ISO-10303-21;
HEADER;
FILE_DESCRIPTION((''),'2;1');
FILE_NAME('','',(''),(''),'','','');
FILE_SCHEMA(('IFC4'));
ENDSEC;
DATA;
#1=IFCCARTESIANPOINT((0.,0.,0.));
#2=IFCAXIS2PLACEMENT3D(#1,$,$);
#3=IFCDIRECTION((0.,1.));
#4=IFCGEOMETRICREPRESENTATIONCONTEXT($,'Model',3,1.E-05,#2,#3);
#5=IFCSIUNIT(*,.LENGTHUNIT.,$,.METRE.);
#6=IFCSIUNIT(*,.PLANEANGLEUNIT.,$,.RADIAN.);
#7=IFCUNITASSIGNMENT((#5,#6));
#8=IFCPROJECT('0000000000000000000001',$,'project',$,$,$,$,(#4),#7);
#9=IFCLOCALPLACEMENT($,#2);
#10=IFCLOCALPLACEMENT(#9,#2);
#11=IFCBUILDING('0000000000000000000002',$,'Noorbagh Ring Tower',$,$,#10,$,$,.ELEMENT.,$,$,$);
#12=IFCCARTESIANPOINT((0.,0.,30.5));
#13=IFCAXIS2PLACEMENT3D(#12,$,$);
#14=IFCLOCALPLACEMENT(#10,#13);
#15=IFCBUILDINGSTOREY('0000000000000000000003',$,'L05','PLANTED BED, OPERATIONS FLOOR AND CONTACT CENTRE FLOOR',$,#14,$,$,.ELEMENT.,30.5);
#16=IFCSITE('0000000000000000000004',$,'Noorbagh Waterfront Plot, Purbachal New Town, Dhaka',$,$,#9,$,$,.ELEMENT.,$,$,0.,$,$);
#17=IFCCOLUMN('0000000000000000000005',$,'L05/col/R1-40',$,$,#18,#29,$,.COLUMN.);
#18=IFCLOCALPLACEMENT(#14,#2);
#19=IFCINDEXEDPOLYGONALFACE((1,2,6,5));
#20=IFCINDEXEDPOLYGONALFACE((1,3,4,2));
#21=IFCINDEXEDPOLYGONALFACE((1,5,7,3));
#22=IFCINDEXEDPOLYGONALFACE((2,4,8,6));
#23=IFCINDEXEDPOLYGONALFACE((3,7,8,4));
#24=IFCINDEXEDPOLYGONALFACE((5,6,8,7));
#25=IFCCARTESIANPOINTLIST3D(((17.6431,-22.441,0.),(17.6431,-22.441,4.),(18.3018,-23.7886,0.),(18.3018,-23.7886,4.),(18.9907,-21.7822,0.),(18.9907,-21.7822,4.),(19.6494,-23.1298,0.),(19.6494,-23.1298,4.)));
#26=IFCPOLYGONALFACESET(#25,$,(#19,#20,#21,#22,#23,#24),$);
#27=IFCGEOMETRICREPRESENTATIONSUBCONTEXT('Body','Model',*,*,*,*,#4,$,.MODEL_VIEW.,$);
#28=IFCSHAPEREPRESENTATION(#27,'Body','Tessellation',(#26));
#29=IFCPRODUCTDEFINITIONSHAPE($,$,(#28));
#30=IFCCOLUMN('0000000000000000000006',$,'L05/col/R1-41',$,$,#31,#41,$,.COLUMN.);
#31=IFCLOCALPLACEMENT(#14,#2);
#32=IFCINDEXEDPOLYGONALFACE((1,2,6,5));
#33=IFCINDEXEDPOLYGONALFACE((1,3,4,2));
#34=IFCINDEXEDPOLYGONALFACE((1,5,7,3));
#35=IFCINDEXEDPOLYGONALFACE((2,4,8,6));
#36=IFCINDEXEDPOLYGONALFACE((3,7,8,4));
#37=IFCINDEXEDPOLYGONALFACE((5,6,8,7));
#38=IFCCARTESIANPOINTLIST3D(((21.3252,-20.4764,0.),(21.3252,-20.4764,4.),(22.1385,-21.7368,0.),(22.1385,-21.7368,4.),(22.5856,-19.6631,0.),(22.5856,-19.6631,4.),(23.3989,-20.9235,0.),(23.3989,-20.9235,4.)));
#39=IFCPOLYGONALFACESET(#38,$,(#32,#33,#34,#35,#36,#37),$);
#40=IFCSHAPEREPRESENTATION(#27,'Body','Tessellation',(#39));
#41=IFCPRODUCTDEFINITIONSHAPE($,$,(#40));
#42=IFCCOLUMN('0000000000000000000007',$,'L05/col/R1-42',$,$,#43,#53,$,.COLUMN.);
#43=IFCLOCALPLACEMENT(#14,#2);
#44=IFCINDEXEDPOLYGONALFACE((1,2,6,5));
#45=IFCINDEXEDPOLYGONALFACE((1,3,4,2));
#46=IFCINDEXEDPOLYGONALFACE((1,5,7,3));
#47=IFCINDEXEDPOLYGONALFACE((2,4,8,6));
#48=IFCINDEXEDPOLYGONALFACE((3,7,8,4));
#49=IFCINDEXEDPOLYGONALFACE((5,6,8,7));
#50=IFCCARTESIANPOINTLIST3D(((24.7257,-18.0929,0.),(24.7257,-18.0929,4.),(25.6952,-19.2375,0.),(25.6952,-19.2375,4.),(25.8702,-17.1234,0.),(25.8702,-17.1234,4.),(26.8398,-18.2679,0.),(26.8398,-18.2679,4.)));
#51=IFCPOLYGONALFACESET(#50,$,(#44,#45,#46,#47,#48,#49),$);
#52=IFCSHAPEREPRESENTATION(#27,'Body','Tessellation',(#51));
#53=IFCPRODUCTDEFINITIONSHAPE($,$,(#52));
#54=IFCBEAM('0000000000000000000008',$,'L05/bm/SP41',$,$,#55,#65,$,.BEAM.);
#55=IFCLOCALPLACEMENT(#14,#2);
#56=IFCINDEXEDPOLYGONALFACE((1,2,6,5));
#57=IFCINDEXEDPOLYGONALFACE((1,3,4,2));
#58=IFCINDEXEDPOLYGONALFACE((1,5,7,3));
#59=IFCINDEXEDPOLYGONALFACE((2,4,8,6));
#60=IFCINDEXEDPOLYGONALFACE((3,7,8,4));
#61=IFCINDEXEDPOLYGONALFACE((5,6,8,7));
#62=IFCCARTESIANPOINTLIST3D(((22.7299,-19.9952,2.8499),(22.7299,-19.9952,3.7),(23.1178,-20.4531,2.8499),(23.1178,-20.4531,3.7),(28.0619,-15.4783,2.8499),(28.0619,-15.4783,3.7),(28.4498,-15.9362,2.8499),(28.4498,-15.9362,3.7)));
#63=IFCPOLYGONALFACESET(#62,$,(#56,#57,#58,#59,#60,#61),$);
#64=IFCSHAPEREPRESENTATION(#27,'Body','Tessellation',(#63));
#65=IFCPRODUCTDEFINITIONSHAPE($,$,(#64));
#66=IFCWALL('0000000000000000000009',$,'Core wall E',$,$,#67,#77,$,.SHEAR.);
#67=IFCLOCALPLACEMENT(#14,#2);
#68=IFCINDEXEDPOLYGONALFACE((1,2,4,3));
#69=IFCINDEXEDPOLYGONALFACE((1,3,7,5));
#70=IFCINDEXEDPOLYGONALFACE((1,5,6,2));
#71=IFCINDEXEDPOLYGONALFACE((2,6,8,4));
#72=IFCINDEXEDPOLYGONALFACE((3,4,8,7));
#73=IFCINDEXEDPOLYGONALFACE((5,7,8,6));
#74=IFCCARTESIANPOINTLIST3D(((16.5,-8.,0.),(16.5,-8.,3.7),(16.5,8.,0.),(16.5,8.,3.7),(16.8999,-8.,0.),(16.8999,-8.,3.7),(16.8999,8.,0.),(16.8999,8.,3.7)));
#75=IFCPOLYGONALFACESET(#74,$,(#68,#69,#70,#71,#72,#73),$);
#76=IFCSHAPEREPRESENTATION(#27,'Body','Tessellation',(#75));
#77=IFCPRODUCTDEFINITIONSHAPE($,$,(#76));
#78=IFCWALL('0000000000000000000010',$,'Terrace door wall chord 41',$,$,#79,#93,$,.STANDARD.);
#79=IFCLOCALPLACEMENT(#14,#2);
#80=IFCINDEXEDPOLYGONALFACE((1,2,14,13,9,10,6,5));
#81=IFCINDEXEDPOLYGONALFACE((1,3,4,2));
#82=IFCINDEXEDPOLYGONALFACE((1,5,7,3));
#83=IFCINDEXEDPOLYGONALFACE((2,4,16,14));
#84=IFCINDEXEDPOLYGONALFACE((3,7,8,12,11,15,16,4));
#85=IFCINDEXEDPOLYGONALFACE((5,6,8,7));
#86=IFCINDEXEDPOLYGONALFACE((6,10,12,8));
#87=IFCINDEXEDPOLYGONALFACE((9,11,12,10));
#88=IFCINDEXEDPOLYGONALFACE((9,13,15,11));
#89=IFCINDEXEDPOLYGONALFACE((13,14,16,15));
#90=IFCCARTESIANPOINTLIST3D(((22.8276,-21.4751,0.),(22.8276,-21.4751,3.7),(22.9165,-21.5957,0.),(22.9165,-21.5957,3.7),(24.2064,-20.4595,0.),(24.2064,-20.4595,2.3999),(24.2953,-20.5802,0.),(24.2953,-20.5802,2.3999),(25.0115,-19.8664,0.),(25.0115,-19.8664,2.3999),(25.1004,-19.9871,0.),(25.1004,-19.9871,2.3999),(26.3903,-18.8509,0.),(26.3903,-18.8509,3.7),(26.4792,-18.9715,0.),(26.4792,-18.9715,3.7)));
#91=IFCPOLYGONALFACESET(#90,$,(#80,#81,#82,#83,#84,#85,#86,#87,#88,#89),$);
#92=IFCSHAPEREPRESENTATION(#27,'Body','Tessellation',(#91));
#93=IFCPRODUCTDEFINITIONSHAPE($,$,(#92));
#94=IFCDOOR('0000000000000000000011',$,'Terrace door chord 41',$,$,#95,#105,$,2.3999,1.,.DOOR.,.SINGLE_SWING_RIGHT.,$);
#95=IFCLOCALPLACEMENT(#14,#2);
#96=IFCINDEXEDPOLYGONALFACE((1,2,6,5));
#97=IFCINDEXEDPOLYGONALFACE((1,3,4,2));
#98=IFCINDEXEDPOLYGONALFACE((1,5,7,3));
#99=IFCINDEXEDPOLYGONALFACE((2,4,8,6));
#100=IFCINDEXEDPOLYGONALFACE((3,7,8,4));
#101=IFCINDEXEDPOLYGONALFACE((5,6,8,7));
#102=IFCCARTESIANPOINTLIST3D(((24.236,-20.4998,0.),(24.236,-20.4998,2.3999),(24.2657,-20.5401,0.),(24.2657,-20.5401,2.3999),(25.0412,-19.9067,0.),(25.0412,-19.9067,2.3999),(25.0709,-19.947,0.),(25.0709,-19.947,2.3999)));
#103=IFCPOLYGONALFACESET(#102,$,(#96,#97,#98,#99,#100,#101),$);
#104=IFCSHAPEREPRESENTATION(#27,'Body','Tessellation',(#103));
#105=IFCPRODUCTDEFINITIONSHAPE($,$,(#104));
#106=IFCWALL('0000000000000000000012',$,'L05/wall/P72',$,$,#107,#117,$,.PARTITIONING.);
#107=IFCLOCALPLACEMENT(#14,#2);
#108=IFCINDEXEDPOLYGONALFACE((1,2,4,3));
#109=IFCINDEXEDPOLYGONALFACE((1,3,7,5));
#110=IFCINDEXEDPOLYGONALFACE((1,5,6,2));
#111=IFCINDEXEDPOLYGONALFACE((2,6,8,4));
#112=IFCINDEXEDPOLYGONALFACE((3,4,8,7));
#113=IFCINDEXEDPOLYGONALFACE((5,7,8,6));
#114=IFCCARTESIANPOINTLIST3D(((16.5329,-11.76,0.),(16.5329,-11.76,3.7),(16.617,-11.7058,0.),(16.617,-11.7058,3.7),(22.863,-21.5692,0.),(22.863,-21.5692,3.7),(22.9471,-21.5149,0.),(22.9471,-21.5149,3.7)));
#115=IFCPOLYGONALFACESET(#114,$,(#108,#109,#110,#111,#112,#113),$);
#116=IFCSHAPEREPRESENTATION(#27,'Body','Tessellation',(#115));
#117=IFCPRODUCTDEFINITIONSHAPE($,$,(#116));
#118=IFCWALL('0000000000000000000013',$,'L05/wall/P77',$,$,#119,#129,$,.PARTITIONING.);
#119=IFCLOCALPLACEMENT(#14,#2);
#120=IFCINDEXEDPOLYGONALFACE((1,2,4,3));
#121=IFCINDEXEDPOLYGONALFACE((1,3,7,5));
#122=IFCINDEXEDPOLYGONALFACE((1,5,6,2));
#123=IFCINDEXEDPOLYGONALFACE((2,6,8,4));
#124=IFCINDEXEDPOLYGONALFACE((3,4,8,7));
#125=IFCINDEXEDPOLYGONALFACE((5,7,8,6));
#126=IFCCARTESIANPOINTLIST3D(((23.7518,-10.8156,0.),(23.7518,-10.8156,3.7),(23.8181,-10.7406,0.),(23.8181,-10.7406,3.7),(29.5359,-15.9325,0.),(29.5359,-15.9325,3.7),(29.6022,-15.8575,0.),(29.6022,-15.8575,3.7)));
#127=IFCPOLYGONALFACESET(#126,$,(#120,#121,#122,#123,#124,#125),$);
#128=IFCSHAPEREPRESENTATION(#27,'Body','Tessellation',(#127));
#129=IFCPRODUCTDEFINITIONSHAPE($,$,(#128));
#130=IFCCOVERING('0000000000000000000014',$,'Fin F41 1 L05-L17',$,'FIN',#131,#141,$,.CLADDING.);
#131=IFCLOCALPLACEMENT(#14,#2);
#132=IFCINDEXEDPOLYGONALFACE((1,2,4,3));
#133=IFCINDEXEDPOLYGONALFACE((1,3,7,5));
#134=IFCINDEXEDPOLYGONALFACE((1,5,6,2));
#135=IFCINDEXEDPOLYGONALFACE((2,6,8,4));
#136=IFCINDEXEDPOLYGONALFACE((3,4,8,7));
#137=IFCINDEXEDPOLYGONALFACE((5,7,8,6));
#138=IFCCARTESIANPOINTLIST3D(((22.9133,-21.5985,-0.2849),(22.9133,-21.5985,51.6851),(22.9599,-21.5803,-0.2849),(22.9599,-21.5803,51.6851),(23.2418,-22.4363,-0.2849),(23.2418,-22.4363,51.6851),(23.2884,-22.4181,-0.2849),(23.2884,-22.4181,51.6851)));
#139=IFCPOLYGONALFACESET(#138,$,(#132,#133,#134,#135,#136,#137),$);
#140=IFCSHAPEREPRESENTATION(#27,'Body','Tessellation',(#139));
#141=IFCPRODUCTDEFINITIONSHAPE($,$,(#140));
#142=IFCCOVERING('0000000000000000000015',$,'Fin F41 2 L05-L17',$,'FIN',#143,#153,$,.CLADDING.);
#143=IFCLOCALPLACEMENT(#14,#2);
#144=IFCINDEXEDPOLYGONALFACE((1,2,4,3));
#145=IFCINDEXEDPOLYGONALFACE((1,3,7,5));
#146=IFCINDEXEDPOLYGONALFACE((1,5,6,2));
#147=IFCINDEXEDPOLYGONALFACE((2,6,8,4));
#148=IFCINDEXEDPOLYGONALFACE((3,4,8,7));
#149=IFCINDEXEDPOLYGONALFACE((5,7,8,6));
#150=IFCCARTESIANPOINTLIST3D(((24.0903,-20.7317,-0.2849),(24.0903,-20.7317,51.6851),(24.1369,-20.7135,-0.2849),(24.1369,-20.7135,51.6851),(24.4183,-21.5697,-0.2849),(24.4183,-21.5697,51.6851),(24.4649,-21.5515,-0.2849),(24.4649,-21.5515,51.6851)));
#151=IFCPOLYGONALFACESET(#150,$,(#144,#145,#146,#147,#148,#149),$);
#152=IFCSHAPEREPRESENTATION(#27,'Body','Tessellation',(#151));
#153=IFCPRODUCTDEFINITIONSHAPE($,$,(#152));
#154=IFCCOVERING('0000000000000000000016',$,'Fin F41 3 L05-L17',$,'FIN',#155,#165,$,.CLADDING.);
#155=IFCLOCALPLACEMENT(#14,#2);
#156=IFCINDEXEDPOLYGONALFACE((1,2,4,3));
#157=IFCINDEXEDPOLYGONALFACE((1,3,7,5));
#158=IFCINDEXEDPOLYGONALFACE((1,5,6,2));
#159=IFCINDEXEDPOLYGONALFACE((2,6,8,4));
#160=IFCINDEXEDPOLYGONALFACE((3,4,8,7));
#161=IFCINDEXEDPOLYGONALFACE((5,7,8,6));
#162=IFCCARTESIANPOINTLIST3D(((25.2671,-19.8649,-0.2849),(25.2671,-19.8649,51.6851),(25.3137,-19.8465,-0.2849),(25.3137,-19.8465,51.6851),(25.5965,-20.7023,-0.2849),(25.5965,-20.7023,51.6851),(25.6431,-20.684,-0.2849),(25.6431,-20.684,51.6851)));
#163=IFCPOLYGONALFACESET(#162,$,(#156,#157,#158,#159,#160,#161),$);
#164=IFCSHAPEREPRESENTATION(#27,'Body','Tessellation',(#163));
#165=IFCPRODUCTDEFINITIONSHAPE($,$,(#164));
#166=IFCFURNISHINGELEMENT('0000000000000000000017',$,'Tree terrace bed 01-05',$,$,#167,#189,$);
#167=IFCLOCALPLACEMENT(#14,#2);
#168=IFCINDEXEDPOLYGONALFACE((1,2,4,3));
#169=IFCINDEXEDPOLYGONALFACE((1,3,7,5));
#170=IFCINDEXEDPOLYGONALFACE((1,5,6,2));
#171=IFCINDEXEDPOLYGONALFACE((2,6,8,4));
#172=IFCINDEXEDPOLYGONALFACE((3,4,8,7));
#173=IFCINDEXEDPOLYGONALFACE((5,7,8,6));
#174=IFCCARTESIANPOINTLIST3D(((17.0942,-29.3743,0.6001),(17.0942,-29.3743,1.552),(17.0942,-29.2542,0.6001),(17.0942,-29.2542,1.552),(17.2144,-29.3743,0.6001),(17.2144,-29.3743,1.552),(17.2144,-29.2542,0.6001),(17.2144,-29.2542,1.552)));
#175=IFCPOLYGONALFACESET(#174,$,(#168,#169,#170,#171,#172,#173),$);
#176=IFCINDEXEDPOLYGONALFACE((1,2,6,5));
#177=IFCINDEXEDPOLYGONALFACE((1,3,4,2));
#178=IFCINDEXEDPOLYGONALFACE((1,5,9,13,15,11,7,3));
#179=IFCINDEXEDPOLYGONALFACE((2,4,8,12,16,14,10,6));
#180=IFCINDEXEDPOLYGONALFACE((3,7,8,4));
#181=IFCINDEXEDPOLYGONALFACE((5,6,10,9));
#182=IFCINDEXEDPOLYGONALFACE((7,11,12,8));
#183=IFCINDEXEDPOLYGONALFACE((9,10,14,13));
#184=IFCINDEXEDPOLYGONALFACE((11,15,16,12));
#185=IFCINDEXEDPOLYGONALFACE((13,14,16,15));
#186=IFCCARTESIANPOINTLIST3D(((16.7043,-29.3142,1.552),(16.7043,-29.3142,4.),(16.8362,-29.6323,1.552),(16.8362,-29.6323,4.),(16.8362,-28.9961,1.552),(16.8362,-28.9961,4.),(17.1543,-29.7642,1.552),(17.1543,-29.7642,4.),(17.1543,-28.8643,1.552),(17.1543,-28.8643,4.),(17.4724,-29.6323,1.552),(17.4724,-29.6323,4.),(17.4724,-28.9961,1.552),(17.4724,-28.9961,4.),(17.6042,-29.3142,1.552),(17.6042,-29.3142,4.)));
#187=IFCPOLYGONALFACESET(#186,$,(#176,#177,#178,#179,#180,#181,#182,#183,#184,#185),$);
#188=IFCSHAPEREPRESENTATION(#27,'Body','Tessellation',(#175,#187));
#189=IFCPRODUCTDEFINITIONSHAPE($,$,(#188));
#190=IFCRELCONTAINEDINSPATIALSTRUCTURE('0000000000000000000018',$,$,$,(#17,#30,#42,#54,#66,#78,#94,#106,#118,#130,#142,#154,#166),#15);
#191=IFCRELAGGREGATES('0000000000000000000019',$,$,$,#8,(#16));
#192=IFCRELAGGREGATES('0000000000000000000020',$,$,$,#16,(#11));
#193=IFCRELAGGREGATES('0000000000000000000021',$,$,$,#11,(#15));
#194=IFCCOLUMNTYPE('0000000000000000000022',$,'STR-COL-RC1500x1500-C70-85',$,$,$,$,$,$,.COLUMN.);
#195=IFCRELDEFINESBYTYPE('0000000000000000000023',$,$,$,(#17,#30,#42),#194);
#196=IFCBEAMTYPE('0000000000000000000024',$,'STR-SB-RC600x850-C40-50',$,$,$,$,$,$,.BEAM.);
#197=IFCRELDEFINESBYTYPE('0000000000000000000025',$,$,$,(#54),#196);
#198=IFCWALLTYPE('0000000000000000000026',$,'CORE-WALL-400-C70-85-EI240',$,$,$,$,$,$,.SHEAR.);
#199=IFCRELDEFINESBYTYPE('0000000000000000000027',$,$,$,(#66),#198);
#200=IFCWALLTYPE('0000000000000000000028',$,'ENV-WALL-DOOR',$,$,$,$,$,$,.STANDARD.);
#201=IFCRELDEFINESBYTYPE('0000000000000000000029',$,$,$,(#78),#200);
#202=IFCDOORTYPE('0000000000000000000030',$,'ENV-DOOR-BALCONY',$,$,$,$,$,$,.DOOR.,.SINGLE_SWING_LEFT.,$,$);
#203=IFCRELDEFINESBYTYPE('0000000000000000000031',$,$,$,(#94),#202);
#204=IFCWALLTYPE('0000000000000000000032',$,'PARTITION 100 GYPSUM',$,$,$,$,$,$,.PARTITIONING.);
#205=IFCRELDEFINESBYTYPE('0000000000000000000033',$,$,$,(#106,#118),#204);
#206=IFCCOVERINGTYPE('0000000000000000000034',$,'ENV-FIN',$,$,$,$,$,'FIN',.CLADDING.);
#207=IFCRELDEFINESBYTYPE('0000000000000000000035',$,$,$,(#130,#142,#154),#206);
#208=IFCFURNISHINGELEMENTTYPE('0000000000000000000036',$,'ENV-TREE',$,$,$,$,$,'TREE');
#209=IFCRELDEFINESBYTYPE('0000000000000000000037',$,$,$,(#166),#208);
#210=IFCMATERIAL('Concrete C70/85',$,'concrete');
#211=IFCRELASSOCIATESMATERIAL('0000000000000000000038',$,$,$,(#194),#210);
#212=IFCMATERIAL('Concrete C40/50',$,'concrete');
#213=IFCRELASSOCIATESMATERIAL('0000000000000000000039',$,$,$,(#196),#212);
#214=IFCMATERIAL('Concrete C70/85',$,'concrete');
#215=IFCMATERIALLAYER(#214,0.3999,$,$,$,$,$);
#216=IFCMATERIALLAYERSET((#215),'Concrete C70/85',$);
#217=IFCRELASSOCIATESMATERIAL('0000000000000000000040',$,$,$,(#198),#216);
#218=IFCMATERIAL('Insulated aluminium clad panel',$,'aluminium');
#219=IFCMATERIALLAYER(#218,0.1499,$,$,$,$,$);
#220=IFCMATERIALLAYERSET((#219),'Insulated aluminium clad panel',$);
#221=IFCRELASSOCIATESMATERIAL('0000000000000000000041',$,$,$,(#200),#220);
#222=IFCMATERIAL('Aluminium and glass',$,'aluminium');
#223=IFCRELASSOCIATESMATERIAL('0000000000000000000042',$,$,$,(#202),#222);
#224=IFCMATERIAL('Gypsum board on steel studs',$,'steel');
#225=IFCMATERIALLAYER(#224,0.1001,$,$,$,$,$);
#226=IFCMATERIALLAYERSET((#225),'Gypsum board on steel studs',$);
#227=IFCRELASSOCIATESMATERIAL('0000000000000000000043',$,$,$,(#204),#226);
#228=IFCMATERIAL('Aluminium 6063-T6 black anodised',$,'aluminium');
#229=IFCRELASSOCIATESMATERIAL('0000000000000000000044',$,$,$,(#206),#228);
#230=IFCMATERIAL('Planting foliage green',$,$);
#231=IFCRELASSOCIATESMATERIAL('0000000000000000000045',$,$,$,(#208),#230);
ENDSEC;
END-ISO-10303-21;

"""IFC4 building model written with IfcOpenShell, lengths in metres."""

from ifc_helpers import new_model, si_unit, direction, frame, frame_2d, origin, origin_2d, place, context, subcontext, project, spatial, polyline, rectangle, outline, extrude, material, layer, layer_set, material_profile, profile_set, type_object, element, fill, save


model = new_model("IFC4")

# Units and contexts
model_context = context("Model", 3, precision=1e-05, world=origin(), true_north=direction((0.0, 1.0)))
body_context = subcontext(model_context, "Body", "Model", "MODEL_VIEW")
ifc_project = project(units=[si_unit("LENGTHUNIT", "METRE"), si_unit("PLANEANGLEUNIT", "RADIAN")], contexts=[model_context])

# Site, building, storey
site_placement = place(None, origin())
site = spatial("IfcSite", under=ifc_project, at=site_placement, Name="Noorbagh Waterfront Plot, Purbachal New Town, Dhaka", CompositionType="ELEMENT", RefElevation=0.0)
building_placement = place(site_placement, origin())
building = spatial("IfcBuilding", under=site, at=building_placement, Name="Noorbagh Ring Tower", CompositionType="ELEMENT")
storey_placement = place(building_placement, frame((0.0, 0.0, 30.5)))
storey = spatial("IfcBuildingStorey", under=building, at=storey_placement, Name="L05", Description="PLANTED BED, OPERATIONS FLOOR AND CONTACT CENTRE FLOOR", CompositionType="ELEMENT", Elevation=30.5)

# Columns
ifc_material_1 = material(Name="Concrete C70/85", Category="concrete")
ifc_material_profile_1 = material_profile(ifc_material_1, rectangle(XDim=1.5, YDim=1.5, at=origin_2d()), Name="RC1500x1500")
ifc_profile_set_1 = profile_set([ifc_material_profile_1], Name="Concrete C70/85")
column_type = type_object("IfcColumnType", Name="STR-COL-RC1500x1500-C70-85", PredefinedType="COLUMN", material=ifc_profile_set_1)
for number, where, z_axis, x_axis, name in (
    (1, (18.6462, -22.7854, 0.0), (0.0, 0.0, 1.0), (0.898399, 0.43918, 0.0), "L05/col/R1-40"),
    (2, (22.3621, -20.7, 0.0), (0.0, 0.0, 1.0), (0.840248, 0.542203, 0.0), "L05/col/R1-41"),
    (3, (25.7827, -18.1804, 0.0), (0.0, 0.0, 1.0), (0.763035, 0.646357, 0.0), "L05/col/R1-42"),
):
    element("IfcColumn", number, at=place(storey_placement, frame(where, z_axis=z_axis, x_axis=x_axis)), inside=storey, type_object=column_type, Name=name, PredefinedType="COLUMN", context=body_context, shape_type="SweptSolid", body=[
        extrude(rectangle(XDim=1.5, YDim=1.5, at=origin_2d()), origin(), (0.0, 0.0, 1.0), 4.0),
    ])

# Beam
ifc_material_2 = material(Name="Concrete C40/50", Category="concrete")
ifc_material_profile_2 = material_profile(ifc_material_2, rectangle(XDim=0.6001, YDim=0.8501, at=origin_2d()), Name="RC600x850")
ifc_profile_set_2 = profile_set([ifc_material_profile_2], Name="Concrete C40/50")
beam_type = type_object("IfcBeamType", Name="STR-SB-RC600x850-C40-50", PredefinedType="BEAM", material=ifc_profile_set_2)
beam_placement = place(storey_placement, frame((22.9238, -20.2241, 3.2749), z_axis=(0.763024, 0.64637, 0.0), x_axis=(-0.64637, 0.763024, 0.0)))
element("IfcBeam", 4, at=beam_placement, inside=storey, type_object=beam_type, Name="L05/bm/SP41", PredefinedType="BEAM", context=body_context, shape_type="SweptSolid", body=[
    extrude(rectangle(XDim=0.6001, YDim=0.8501, at=origin_2d()), origin(), (0.0, 0.0, 1.0), 6.988),
])

# Wall
ifc_material_3 = material(Name="Concrete C70/85", Category="concrete")
ifc_layer_1 = layer(ifc_material_3, 0.3999)
ifc_layer_set_1 = layer_set([ifc_layer_1], Name="Concrete C70/85")
wall_type_1 = type_object("IfcWallType", Name="CORE-WALL-400-C70-85-EI240", PredefinedType="SHEAR", material=ifc_layer_set_1)
wall_1_placement = place(storey_placement, frame((16.7, -8.0, 0.0), z_axis=(0.0, 0.0, 1.0), x_axis=(0.0, 1.0, 0.0)))
element("IfcWall", 5, at=wall_1_placement, inside=storey, type_object=wall_type_1, Name="Core wall E", PredefinedType="SHEAR", context=body_context, shape_type="SweptSolid", body=[
    extrude(rectangle(XDim=16.0, YDim=0.3999, at=frame_2d((8.0, 0.0))), origin(), (0.0, 0.0, 1.0), 3.7),
])

# Wall, opening, door
ifc_material_4 = material(Name="Insulated aluminium clad panel", Category="aluminium")
ifc_layer_2 = layer(ifc_material_4, 0.1499)
ifc_layer_set_2 = layer_set([ifc_layer_2], Name="Insulated aluminium clad panel")
wall_type_2 = type_object("IfcWallType", Name="ENV-WALL-DOOR", PredefinedType="STANDARD", material=ifc_layer_set_2)
wall_2_placement = place(storey_placement, frame((22.8721, -21.5354, 0.0), z_axis=(0.0, 0.0, 1.0), x_axis=(0.805154, 0.593065, 0.0)))
wall_2 = element("IfcWall", 6, at=wall_2_placement, inside=storey, type_object=wall_type_2, Name="Terrace door wall chord 41", PredefinedType="STANDARD", context=body_context, shape_type="SweptSolid", body=[
    extrude(rectangle(XDim=4.4248, YDim=0.1499, at=frame_2d((2.2124, 0.0))), origin(), (0.0, 0.0, 1.0), 3.7),
])
opening_placement = place(wall_2_placement, frame((1.7124, 0.0, 0.0)))
opening = element("IfcOpeningElement", 7, at=opening_placement, cuts=wall_2, PredefinedType="OPENING", context=body_context, shape_type="SweptSolid", body=[
    extrude(rectangle(XDim=1.0, YDim=2.3999, at=frame_2d((0.5, 1.2))), frame((0.0, 0.085, 0.0), z_axis=(0.0, -1.0, 0.0), x_axis=(1.0, 0.0, 0.0)), (0.0, 0.0, 1.0), 0.1699),
])
ifc_material_5 = material(Name="Aluminium and glass", Category="aluminium")
door_type = type_object("IfcDoorType", Name="ENV-DOOR-BALCONY", OperationType="SINGLE_SWING_LEFT", PredefinedType="DOOR", material=ifc_material_5)
door_placement = place(opening_placement, origin())
door = element("IfcDoor", 8, at=door_placement, inside=storey, type_object=door_type, Name="Terrace door chord 41", OperationType="SINGLE_SWING_RIGHT", OverallHeight=2.3999, OverallWidth=1.0, PredefinedType="DOOR", context=body_context, shape_type="SweptSolid", body=[
    extrude(rectangle(XDim=1.0, YDim=2.3999, at=frame_2d((0.5, 1.2))), frame((0.0, 0.0249, 0.0), z_axis=(0.0, -1.0, 0.0), x_axis=(1.0, 0.0, 0.0)), (0.0, 0.0, 1.0), 0.05),
])
fill(opening, door)

# Walls
ifc_material_6 = material(Name="Gypsum board on steel studs", Category="steel")
ifc_layer_3 = layer(ifc_material_6, 0.1001)
ifc_layer_set_3 = layer_set([ifc_layer_3], Name="Gypsum board on steel studs")
wall_type_3 = type_object("IfcWallType", Name="PARTITION 100 GYPSUM", PredefinedType="PARTITIONING", material=ifc_layer_set_3)
wall_3_placement = place(storey_placement, frame((16.575, -11.7329, 0.0), z_axis=(0.0, 0.0, 1.0), x_axis=(0.542226, -0.840233, 0.0)))
element("IfcWall", 9, at=wall_3_placement, inside=storey, type_object=wall_type_3, Name="L05/wall/P72", PredefinedType="PARTITIONING", context=body_context, shape_type="SweptSolid", body=[
    extrude(rectangle(XDim=11.6743, YDim=0.1001, at=frame_2d((5.8372, 0.0))), origin(), (0.0, 0.0, 1.0), 3.7),
])
wall_4_placement = place(storey_placement, frame((23.7849, -10.7781, 0.0), z_axis=(0.0, 0.0, 1.0), x_axis=(0.748986, -0.662586, 0.0)))
element("IfcWall", 10, at=wall_4_placement, inside=storey, type_object=wall_type_3, Name="L05/wall/P77", PredefinedType="PARTITIONING", context=body_context, shape_type="SweptSolid", body=[
    extrude(rectangle(XDim=7.7227, YDim=0.1001, at=frame_2d((3.8613, 0.0))), origin(), (0.0, 0.0, 1.0), 3.7),
])

# Coverings
ifc_material_7 = material(Name="Aluminium 6063-T6 black anodised", Category="aluminium")
ifc_material_profile_3 = material_profile(ifc_material_7, rectangle(XDim=0.8999, YDim=0.05, at=origin_2d()), Name="900x50")
ifc_profile_set_3 = profile_set([ifc_material_profile_3], Name="Aluminium 6063-T6 black anodised")
covering_type = type_object("IfcCoveringType", Name="ENV-FIN", ElementType="FIN", PredefinedType="CLADDING", material=ifc_profile_set_3)
for number, where, z_axis, x_axis, name in (
    (11, (23.1008, -22.0083, -0.2849), (0.0, 0.0, 1.0), (0.365038, -0.930993, 0.0), "Fin F41 1 L05-L17"),
    (12, (24.2776, -21.1416, -0.2849), (0.0, 0.0, 1.0), (0.364533, -0.93119, 0.0), "Fin F41 2 L05-L17"),
    (13, (25.4551, -20.2744, -0.2849), (0.0, 0.0, 1.0), (0.366047, -0.930596, 0.0), "Fin F41 3 L05-L17"),
):
    element("IfcCovering", number, at=place(storey_placement, frame(where, z_axis=z_axis, x_axis=x_axis)), inside=storey, type_object=covering_type, Name=name, ObjectType="FIN", PredefinedType="CLADDING", context=body_context, shape_type="SweptSolid", body=[
        extrude(rectangle(XDim=0.8999, YDim=0.05, at=origin_2d()), origin(), (0.0, 0.0, 1.0), 51.97),
    ])

# Furnishing element
ifc_material_8 = material(Name="Planting foliage green")
furnishing_element_type = type_object("IfcFurnishingElementType", Name="ENV-TREE", ElementType="TREE", material=ifc_material_8)
for number, where, z_axis, x_axis, name in (
    (14, (17.1543, -29.3142, 0.6001), (0.0, 0.0, 1.0), (1.0, 0.0, 0.0), "Tree terrace bed 01-05"),
):
    element("IfcFurnishingElement", number, at=place(storey_placement, frame(where, z_axis=z_axis, x_axis=x_axis)), inside=storey, type_object=furnishing_element_type, Name=name, context=body_context, shape_type="SweptSolid", body=[
        extrude(rectangle(XDim=0.1201, YDim=0.1201, at=origin_2d()), origin(), (0.0, 0.0, 1.0), 0.9519),
        extrude(outline(polyline([(0.45, 0.0), (0.3181, 0.3181), (0.0, 0.45), (-0.3181, 0.3181), (-0.45, 0.0), (-0.3181, -0.3181), (0.0, -0.45), (0.3181, -0.3181), (0.45, 0.0)])), frame((0.0, 0.0, 0.9519)), (0.0, 0.0, 1.0), 2.448),
    ])

save(model, "model.ifc")
